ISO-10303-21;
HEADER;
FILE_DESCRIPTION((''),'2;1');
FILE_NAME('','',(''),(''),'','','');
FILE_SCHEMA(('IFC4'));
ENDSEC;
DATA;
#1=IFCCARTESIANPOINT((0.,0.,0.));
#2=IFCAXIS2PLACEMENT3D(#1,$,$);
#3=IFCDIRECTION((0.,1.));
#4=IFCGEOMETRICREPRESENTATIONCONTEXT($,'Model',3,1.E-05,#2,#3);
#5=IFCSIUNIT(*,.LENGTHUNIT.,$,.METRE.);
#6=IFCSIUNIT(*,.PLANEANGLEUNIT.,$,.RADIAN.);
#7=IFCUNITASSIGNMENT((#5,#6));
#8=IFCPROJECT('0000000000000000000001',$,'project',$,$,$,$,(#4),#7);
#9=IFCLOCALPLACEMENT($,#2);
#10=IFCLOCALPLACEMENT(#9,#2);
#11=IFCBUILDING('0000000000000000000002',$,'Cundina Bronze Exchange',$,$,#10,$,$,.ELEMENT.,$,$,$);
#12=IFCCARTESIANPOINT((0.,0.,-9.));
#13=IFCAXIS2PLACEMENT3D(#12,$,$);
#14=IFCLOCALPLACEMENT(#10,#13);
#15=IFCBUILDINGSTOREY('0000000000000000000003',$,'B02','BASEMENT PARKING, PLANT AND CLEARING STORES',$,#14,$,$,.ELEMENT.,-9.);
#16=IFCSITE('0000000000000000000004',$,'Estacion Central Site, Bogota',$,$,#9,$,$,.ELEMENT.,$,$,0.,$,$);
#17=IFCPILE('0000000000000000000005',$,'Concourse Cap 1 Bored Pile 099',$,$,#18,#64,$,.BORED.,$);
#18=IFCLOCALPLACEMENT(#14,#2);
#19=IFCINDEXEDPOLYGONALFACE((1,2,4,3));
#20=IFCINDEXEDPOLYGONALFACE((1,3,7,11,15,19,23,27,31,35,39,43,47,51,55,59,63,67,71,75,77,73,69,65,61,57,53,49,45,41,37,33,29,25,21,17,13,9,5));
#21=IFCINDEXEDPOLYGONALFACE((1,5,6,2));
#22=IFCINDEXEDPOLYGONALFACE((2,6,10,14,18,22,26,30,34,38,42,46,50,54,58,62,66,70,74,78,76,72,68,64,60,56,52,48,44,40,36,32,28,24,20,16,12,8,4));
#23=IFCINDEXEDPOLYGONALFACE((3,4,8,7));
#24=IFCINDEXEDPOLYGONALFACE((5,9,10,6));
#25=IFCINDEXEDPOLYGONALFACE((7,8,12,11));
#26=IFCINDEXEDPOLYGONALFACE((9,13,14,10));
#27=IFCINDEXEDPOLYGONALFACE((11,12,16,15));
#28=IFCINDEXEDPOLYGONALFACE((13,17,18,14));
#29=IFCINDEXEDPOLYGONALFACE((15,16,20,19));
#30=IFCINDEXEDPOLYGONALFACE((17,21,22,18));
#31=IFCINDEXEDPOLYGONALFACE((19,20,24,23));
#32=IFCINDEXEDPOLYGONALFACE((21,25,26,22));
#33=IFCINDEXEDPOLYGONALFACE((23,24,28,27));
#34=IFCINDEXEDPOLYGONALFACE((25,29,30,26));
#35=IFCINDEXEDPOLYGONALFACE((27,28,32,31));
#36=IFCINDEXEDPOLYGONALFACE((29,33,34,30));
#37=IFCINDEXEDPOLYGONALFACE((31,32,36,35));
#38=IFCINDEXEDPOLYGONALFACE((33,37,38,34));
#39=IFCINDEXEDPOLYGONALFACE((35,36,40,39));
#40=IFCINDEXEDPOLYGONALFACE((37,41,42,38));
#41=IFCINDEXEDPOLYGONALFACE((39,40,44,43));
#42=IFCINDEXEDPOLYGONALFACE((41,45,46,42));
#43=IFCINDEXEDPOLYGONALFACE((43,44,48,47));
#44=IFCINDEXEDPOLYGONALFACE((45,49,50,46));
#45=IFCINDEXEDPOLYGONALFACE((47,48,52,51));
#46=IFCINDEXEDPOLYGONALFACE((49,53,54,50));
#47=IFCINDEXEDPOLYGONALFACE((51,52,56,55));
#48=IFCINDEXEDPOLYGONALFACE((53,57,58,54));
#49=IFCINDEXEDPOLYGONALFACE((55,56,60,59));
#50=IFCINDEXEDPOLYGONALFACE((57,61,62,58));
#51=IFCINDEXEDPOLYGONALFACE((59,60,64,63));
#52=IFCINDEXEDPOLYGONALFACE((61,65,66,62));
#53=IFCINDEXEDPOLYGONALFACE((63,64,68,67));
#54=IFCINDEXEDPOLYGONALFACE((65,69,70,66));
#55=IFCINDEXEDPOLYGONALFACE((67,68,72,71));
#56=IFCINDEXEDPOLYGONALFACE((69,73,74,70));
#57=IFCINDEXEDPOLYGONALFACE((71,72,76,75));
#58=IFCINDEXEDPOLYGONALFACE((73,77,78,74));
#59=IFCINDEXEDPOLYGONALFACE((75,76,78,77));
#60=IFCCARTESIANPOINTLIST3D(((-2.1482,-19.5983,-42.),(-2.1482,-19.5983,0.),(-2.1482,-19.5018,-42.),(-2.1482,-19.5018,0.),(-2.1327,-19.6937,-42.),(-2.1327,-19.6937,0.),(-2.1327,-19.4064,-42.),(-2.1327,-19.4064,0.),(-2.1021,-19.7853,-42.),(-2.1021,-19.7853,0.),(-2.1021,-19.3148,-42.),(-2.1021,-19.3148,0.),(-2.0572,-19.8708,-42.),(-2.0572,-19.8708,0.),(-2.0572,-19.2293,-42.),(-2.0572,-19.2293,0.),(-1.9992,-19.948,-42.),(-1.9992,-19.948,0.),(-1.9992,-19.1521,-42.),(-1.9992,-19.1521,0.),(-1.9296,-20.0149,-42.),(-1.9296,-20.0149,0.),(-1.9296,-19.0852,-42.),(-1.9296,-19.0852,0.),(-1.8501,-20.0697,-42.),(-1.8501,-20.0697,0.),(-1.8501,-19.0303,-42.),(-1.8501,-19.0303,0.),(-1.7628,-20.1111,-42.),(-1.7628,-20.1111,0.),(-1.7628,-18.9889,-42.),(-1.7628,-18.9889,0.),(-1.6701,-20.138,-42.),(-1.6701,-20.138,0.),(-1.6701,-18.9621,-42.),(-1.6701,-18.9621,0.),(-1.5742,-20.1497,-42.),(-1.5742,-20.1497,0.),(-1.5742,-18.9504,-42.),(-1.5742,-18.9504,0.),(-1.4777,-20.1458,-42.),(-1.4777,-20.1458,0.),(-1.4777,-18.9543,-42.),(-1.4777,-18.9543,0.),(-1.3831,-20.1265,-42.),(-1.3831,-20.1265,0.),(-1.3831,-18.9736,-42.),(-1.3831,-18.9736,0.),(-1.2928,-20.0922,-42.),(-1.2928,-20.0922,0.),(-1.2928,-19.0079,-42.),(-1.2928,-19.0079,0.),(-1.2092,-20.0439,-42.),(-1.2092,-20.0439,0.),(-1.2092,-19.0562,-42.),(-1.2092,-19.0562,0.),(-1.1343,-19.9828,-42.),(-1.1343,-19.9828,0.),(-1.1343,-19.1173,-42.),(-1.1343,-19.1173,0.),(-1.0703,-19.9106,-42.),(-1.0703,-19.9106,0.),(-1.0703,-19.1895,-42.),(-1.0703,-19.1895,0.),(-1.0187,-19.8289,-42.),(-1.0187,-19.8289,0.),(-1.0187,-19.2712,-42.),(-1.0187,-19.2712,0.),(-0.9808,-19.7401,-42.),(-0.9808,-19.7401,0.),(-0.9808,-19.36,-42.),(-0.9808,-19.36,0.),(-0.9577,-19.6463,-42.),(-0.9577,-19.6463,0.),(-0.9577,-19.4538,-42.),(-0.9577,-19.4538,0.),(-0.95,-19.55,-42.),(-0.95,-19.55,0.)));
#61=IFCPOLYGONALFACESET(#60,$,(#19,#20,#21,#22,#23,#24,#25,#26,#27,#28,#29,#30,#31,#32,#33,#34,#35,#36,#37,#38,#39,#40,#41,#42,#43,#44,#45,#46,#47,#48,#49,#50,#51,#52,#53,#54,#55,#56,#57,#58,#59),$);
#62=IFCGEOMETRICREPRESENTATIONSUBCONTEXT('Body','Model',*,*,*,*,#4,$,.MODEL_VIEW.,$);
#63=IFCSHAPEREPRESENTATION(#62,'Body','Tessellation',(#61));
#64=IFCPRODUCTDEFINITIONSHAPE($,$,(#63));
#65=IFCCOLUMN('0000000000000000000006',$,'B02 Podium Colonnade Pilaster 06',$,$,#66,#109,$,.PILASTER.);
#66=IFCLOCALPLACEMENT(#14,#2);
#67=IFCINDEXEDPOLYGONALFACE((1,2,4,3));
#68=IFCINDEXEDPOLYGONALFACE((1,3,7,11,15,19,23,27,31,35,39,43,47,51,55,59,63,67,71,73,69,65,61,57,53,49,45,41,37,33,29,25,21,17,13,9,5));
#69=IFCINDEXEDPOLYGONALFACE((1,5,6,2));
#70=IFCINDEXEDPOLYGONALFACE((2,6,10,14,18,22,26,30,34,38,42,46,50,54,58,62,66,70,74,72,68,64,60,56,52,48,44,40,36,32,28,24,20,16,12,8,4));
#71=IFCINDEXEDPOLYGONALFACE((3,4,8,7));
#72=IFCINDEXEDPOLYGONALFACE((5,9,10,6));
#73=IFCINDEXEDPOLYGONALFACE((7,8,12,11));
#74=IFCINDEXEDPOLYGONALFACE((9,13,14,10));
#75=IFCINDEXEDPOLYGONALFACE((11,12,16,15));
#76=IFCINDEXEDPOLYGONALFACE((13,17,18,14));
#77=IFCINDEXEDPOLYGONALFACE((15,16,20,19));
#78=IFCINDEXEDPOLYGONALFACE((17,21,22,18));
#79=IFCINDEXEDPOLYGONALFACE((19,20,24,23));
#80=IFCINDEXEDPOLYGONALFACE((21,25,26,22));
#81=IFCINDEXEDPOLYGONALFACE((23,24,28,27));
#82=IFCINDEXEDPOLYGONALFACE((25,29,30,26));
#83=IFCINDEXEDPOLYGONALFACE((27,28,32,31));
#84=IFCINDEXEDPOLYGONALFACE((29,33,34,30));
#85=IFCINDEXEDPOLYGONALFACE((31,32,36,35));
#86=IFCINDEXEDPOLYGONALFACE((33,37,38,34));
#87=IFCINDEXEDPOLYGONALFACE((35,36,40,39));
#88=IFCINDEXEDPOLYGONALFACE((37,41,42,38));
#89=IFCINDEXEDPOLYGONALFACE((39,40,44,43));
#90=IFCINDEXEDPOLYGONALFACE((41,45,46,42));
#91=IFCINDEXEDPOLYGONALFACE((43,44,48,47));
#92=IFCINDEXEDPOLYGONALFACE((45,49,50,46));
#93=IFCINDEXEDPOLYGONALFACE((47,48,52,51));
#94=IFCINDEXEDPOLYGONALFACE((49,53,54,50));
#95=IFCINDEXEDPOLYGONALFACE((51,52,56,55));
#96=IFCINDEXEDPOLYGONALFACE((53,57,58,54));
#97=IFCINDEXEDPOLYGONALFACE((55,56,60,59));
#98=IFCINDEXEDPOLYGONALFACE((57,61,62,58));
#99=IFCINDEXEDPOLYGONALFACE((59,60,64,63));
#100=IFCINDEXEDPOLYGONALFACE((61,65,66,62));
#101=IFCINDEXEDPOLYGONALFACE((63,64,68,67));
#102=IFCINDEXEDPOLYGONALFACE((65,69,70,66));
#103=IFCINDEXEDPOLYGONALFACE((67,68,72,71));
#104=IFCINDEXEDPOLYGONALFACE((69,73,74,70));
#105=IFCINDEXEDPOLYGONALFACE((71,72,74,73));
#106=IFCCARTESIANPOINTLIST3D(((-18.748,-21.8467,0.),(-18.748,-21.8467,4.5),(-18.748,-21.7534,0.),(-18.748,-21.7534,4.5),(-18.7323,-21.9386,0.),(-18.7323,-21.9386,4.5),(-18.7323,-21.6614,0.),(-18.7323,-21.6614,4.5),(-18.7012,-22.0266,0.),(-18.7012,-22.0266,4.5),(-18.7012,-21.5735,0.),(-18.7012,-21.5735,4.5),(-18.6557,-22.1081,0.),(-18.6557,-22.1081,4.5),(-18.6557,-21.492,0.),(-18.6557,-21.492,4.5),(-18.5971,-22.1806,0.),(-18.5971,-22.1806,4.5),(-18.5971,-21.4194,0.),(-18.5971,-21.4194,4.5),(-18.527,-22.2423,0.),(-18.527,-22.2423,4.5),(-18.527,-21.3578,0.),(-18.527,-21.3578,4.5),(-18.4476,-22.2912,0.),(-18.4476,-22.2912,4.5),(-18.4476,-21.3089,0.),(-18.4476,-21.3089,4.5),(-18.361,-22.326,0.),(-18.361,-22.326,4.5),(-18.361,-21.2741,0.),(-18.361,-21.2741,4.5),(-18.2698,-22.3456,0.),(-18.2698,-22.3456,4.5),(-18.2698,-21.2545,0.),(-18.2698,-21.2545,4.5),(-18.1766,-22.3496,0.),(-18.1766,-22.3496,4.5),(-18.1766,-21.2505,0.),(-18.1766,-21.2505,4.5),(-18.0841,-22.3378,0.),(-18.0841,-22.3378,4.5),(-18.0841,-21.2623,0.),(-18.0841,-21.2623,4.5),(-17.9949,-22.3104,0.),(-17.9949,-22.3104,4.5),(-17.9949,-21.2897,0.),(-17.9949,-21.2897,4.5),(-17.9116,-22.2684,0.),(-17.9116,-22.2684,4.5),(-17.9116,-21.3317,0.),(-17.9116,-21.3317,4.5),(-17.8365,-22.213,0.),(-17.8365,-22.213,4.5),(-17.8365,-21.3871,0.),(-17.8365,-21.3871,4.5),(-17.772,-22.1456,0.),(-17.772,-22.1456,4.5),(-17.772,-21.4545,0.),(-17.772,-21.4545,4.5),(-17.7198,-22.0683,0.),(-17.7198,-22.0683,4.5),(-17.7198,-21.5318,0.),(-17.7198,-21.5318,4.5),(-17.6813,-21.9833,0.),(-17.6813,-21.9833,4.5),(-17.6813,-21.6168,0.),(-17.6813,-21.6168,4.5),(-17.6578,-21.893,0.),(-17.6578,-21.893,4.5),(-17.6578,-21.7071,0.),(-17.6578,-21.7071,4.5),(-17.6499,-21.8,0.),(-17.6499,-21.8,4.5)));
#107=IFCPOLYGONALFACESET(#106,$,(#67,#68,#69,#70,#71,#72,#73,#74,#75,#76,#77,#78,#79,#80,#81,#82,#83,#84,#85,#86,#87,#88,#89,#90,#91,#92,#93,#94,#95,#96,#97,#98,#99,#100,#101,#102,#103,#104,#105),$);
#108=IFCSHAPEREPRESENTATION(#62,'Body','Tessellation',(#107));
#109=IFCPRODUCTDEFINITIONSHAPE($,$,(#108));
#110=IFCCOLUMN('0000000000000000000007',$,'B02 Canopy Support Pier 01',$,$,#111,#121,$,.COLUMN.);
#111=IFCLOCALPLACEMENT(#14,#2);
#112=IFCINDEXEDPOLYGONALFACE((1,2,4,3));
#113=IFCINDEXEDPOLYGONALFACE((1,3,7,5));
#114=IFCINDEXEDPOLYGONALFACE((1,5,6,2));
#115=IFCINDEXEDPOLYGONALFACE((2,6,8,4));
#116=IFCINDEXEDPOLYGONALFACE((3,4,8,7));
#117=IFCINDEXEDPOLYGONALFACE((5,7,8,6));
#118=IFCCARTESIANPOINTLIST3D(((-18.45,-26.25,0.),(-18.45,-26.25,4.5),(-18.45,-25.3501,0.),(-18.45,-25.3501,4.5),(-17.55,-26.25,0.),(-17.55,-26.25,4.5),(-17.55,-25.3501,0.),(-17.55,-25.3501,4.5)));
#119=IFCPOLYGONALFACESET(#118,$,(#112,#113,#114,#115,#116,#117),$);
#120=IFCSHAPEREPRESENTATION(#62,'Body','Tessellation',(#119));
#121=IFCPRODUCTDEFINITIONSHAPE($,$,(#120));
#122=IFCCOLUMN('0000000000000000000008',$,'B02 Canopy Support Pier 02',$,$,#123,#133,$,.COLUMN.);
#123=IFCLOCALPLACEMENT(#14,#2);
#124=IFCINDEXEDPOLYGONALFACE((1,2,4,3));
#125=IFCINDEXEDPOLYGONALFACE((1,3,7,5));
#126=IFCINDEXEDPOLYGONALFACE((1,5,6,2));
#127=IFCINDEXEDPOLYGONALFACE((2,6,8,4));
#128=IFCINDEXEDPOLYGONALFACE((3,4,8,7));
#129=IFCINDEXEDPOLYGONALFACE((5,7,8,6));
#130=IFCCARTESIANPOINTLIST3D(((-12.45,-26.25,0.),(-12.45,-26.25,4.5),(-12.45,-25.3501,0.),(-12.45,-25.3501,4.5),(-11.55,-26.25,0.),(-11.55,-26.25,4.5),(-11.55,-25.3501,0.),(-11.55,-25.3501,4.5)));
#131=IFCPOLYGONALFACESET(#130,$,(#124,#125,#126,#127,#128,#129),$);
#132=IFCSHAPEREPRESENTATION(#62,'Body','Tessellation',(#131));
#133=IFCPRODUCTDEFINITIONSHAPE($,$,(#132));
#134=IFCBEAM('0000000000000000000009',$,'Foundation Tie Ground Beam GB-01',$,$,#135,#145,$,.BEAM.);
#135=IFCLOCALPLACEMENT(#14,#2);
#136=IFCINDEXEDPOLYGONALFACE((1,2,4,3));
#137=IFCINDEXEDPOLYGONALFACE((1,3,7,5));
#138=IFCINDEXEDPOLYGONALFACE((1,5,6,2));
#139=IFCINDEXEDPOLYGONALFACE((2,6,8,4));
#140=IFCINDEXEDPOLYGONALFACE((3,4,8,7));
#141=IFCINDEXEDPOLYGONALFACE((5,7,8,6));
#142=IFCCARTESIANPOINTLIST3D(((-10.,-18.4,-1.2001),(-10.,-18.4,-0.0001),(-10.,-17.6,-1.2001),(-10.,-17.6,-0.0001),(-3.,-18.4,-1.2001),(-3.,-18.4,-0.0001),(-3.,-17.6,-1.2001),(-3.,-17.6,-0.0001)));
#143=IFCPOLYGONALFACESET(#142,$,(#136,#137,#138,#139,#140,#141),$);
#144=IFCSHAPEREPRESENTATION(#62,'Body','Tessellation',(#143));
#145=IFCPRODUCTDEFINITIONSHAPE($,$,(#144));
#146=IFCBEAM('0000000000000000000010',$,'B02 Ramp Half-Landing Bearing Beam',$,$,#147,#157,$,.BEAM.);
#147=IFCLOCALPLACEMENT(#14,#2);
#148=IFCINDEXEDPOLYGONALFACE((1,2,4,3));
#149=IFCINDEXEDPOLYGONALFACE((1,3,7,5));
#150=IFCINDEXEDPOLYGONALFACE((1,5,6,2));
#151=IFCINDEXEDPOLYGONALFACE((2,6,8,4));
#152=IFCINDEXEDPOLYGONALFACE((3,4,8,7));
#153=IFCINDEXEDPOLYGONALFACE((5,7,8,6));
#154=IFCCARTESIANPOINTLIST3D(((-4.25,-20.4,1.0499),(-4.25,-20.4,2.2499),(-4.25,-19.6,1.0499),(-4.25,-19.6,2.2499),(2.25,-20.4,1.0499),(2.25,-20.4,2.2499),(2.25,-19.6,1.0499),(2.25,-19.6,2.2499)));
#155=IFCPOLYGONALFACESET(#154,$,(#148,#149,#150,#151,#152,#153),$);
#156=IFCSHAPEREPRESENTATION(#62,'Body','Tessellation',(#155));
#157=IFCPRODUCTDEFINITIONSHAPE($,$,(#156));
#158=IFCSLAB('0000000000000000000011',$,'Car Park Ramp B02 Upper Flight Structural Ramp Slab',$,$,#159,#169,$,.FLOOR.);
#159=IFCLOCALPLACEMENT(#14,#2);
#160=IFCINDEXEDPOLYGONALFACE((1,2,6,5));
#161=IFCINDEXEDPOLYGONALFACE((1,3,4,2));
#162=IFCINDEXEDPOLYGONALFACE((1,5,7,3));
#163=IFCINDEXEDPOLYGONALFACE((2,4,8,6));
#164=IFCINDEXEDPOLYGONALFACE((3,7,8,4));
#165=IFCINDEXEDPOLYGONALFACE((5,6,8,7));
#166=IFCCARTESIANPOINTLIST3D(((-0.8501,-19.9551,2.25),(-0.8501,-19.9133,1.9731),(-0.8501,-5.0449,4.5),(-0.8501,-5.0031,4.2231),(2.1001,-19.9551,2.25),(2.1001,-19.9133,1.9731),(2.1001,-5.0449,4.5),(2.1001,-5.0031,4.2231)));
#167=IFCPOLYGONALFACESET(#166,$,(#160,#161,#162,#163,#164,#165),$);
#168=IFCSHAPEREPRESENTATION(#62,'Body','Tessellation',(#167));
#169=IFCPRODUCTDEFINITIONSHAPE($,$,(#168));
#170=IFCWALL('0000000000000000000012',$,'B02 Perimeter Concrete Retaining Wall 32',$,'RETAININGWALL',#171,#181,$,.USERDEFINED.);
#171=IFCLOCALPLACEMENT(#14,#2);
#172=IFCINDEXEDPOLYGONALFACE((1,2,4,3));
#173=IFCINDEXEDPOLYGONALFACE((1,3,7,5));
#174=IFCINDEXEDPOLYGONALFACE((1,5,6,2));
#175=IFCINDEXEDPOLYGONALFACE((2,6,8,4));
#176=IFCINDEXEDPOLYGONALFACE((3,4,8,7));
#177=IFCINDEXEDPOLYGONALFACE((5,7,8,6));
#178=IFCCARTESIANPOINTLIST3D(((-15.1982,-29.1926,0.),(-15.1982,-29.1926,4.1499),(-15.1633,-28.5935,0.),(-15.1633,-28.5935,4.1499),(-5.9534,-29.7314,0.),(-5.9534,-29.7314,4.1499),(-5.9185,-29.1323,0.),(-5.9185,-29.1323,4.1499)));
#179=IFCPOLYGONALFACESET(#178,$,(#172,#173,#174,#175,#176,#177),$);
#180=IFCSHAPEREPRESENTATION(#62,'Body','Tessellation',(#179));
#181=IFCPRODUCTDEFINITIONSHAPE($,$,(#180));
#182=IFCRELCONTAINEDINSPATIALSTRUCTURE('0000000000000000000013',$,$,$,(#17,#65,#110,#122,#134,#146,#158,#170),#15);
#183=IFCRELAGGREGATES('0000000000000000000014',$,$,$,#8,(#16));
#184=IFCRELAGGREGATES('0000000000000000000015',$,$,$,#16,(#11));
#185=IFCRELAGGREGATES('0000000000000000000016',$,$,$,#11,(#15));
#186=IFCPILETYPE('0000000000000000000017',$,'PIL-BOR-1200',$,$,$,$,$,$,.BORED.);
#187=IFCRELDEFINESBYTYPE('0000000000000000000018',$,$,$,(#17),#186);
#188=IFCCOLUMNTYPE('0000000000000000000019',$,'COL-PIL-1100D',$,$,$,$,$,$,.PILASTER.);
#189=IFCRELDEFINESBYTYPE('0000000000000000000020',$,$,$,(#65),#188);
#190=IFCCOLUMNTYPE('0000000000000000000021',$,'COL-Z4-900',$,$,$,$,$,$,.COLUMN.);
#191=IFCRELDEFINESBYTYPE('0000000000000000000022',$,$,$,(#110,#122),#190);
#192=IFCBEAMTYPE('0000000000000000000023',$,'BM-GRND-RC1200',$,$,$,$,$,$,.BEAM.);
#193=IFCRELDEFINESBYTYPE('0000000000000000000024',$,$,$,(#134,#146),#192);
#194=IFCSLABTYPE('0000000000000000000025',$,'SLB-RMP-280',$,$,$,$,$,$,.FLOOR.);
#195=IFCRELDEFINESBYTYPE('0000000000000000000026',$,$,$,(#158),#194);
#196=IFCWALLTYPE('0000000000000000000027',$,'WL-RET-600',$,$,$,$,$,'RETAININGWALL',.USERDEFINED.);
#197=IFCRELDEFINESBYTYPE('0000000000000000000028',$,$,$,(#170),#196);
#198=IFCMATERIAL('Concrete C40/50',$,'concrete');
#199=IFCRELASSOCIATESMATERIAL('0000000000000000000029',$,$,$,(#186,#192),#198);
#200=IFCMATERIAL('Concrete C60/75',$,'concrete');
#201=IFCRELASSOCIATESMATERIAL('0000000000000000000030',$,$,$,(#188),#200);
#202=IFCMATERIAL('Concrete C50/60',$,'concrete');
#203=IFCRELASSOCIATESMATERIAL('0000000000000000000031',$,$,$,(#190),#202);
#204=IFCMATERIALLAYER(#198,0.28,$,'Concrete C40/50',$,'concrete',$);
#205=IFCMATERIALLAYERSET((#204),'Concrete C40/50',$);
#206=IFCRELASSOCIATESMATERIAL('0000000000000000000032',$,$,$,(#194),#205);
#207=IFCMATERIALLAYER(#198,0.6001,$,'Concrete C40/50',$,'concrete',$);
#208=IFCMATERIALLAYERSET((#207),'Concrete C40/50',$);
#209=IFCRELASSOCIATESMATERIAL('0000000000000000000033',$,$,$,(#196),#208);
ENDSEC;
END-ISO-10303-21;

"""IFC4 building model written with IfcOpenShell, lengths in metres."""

from ifc_helpers import new_model, si_unit, direction, frame, frame_2d, origin, origin_2d, place, context, subcontext, project, spatial, polyline, rectangle, circle, outline, extrude, material, layer, layer_set, material_profile, profile_set, type_object, element, save


model = new_model("IFC4")

# Units and contexts
model_context = context("Model", 3, precision=1e-05, world=origin(), true_north=direction((0.0, 1.0)))
body_context = subcontext(model_context, "Body", "Model", "MODEL_VIEW")
ifc_project = project(units=[si_unit("LENGTHUNIT", "METRE"), si_unit("PLANEANGLEUNIT", "RADIAN")], contexts=[model_context])

# Site, building, storey
site_placement = place(None, origin())
site = spatial("IfcSite", under=ifc_project, at=site_placement, Name="Estacion Central Site, Bogota", CompositionType="ELEMENT", RefElevation=0.0)
building_placement = place(site_placement, origin())
building = spatial("IfcBuilding", under=site, at=building_placement, Name="Cundina Bronze Exchange", CompositionType="ELEMENT")
storey_placement = place(building_placement, frame((0.0, 0.0, -9.0)))
storey = spatial("IfcBuildingStorey", under=building, at=storey_placement, Name="B02", Description="BASEMENT PARKING, PLANT AND CLEARING STORES", CompositionType="ELEMENT", Elevation=-9.0)

# Shared definitions
ifc_material_1 = material(Name="Concrete C40/50", Category="concrete")

# Pile
ifc_material_profile_1 = material_profile(ifc_material_1, circle(Radius=0.6001, at=origin_2d()), Name="PILE1200D", Category="concrete")
ifc_profile_set_1 = profile_set([ifc_material_profile_1], Name="Concrete C40/50")
pile_type = type_object("IfcPileType", Name="PIL-BOR-1200", PredefinedType="BORED", material=ifc_profile_set_1)
for number, where, z_axis, x_axis, name in (
    (1, (-1.55, -19.55, 0.0), (0.0, 0.0, -1.0), (1.0, 0.0, 0.0), "Concourse Cap 1 Bored Pile 099"),
):
    element("IfcPile", number, at=place(storey_placement, frame(where, z_axis=z_axis, x_axis=x_axis)), inside=storey, type_object=pile_type, Name=name, PredefinedType="BORED", context=body_context, shape_type="SweptSolid", body=[
        extrude(circle(Radius=0.6001, at=origin_2d()), origin(), (0.0, 0.0, 1.0), 42.0),
    ])

# Columns
ifc_material_2 = material(Name="Concrete C60/75", Category="concrete")
ifc_material_profile_2 = material_profile(ifc_material_2, circle(Radius=0.55, at=origin_2d()), Name="RC1100D", Category="concrete")
ifc_profile_set_2 = profile_set([ifc_material_profile_2], Name="Concrete C60/75")
column_type_1 = type_object("IfcColumnType", Name="COL-PIL-1100D", PredefinedType="PILASTER", material=ifc_profile_set_2)
column_placement = place(storey_placement, frame((-18.2, -21.8, 0.0), z_axis=(0.0, 0.0, 1.0), x_axis=(1.0, 0.0, 0.0)))
element("IfcColumn", 2, at=column_placement, inside=storey, type_object=column_type_1, Name="B02 Podium Colonnade Pilaster 06", PredefinedType="PILASTER", context=body_context, shape_type="SweptSolid", body=[
    extrude(circle(Radius=0.55, at=origin_2d()), origin(), (0.0, 0.0, 1.0), 4.5),
])
ifc_material_3 = material(Name="Concrete C50/60", Category="concrete")
ifc_material_profile_3 = material_profile(ifc_material_3, rectangle(XDim=0.8999, YDim=0.8999, at=origin_2d()), Name="RC900X900", Category="concrete")
ifc_profile_set_3 = profile_set([ifc_material_profile_3], Name="Concrete C50/60")
column_type_2 = type_object("IfcColumnType", Name="COL-Z4-900", PredefinedType="COLUMN", material=ifc_profile_set_3)
for number, where, z_axis, x_axis, name in (
    (3, (-18.0, -25.8, 0.0), (0.0, 0.0, 1.0), (1.0, 0.0, 0.0), "B02 Canopy Support Pier 01"),
    (4, (-12.0, -25.8, 0.0), (0.0, 0.0, 1.0), (1.0, 0.0, 0.0), "B02 Canopy Support Pier 02"),
):
    element("IfcColumn", number, at=place(storey_placement, frame(where, z_axis=z_axis, x_axis=x_axis)), inside=storey, type_object=column_type_2, Name=name, PredefinedType="COLUMN", context=body_context, shape_type="SweptSolid", body=[
        extrude(rectangle(XDim=0.8999, YDim=0.8999, at=origin_2d()), origin(), (0.0, 0.0, 1.0), 4.5),
    ])

# Beams
ifc_material_profile_4 = material_profile(ifc_material_1, rectangle(XDim=0.8, YDim=1.2, at=origin_2d()), Name="RC800X1200", Category="concrete")
ifc_profile_set_4 = profile_set([ifc_material_profile_4], Name="Concrete C40/50")
beam_type = type_object("IfcBeamType", Name="BM-GRND-RC1200", PredefinedType="BEAM", material=ifc_profile_set_4)
beam_1_placement = place(storey_placement, frame((-10.0, -18.0, -0.6001), z_axis=(1.0, 0.0, 0.0), x_axis=(0.0, 1.0, 0.0)))
element("IfcBeam", 5, at=beam_1_placement, inside=storey, type_object=beam_type, Name="Foundation Tie Ground Beam GB-01", PredefinedType="BEAM", context=body_context, shape_type="SweptSolid", body=[
    extrude(rectangle(XDim=0.8, YDim=1.2, at=origin_2d()), origin(), (0.0, 0.0, 1.0), 7.0),
])
beam_2_placement = place(storey_placement, frame((-4.25, -20.0, 1.6499), z_axis=(1.0, 0.0, 0.0), x_axis=(0.0, 1.0, 0.0)))
element("IfcBeam", 6, at=beam_2_placement, inside=storey, type_object=beam_type, Name="B02 Ramp Half-Landing Bearing Beam", PredefinedType="BEAM", context=body_context, shape_type="SweptSolid", body=[
    extrude(rectangle(XDim=0.8, YDim=1.2, at=origin_2d()), origin(), (0.0, 0.0, 1.0), 6.5),
])

# Slab
ifc_layer_1 = layer(ifc_material_1, 0.28, Name="Concrete C40/50", Category="concrete")
ifc_layer_set_1 = layer_set([ifc_layer_1], Name="Concrete C40/50")
slab_type = type_object("IfcSlabType", Name="SLB-RMP-280", PredefinedType="FLOOR", material=ifc_layer_set_1)
slab_placement = place(storey_placement, frame((-0.8501, -19.9551, 2.25), z_axis=(0.0, -0.149214, 0.988805), x_axis=(1.0, 0.0, 0.0)))
element("IfcSlab", 7, at=slab_placement, inside=storey, type_object=slab_type, Name="Car Park Ramp B02 Upper Flight Structural Ramp Slab", PredefinedType="FLOOR", context=body_context, shape_type="SweptSolid", body=[
    extrude(outline(polyline([(0.0, 0.0), (2.9502, 0.0), (2.9502, 15.079), (0.0, 15.079), (0.0, 0.0)])), origin(), (0.0, 0.0, -1.0), 0.28),
])

# Wall
ifc_layer_2 = layer(ifc_material_1, 0.6001, Name="Concrete C40/50", Category="concrete")
ifc_layer_set_2 = layer_set([ifc_layer_2], Name="Concrete C40/50")
wall_type_1 = type_object("IfcWallType", Name="WL-RET-600", ElementType="RETAININGWALL", PredefinedType="USERDEFINED", material=ifc_layer_set_2)
wall_1_placement = place(storey_placement, frame((-15.1809, -28.8931, 0.0), z_axis=(0.0, 0.0, 1.0), x_axis=(0.998306, -0.058184, 0.0)))
element("IfcWall", 8, at=wall_1_placement, inside=storey, type_object=wall_type_1, Name="B02 Perimeter Concrete Retaining Wall 32", ObjectType="RETAININGWALL", PredefinedType="USERDEFINED", context=body_context, shape_type="SweptSolid", body=[
    extrude(rectangle(XDim=9.2605, YDim=0.6001, at=frame_2d((4.6304, 0.0))), origin(), (0.0, 0.0, 1.0), 4.1499),
])

save(model, "model.ifc")
